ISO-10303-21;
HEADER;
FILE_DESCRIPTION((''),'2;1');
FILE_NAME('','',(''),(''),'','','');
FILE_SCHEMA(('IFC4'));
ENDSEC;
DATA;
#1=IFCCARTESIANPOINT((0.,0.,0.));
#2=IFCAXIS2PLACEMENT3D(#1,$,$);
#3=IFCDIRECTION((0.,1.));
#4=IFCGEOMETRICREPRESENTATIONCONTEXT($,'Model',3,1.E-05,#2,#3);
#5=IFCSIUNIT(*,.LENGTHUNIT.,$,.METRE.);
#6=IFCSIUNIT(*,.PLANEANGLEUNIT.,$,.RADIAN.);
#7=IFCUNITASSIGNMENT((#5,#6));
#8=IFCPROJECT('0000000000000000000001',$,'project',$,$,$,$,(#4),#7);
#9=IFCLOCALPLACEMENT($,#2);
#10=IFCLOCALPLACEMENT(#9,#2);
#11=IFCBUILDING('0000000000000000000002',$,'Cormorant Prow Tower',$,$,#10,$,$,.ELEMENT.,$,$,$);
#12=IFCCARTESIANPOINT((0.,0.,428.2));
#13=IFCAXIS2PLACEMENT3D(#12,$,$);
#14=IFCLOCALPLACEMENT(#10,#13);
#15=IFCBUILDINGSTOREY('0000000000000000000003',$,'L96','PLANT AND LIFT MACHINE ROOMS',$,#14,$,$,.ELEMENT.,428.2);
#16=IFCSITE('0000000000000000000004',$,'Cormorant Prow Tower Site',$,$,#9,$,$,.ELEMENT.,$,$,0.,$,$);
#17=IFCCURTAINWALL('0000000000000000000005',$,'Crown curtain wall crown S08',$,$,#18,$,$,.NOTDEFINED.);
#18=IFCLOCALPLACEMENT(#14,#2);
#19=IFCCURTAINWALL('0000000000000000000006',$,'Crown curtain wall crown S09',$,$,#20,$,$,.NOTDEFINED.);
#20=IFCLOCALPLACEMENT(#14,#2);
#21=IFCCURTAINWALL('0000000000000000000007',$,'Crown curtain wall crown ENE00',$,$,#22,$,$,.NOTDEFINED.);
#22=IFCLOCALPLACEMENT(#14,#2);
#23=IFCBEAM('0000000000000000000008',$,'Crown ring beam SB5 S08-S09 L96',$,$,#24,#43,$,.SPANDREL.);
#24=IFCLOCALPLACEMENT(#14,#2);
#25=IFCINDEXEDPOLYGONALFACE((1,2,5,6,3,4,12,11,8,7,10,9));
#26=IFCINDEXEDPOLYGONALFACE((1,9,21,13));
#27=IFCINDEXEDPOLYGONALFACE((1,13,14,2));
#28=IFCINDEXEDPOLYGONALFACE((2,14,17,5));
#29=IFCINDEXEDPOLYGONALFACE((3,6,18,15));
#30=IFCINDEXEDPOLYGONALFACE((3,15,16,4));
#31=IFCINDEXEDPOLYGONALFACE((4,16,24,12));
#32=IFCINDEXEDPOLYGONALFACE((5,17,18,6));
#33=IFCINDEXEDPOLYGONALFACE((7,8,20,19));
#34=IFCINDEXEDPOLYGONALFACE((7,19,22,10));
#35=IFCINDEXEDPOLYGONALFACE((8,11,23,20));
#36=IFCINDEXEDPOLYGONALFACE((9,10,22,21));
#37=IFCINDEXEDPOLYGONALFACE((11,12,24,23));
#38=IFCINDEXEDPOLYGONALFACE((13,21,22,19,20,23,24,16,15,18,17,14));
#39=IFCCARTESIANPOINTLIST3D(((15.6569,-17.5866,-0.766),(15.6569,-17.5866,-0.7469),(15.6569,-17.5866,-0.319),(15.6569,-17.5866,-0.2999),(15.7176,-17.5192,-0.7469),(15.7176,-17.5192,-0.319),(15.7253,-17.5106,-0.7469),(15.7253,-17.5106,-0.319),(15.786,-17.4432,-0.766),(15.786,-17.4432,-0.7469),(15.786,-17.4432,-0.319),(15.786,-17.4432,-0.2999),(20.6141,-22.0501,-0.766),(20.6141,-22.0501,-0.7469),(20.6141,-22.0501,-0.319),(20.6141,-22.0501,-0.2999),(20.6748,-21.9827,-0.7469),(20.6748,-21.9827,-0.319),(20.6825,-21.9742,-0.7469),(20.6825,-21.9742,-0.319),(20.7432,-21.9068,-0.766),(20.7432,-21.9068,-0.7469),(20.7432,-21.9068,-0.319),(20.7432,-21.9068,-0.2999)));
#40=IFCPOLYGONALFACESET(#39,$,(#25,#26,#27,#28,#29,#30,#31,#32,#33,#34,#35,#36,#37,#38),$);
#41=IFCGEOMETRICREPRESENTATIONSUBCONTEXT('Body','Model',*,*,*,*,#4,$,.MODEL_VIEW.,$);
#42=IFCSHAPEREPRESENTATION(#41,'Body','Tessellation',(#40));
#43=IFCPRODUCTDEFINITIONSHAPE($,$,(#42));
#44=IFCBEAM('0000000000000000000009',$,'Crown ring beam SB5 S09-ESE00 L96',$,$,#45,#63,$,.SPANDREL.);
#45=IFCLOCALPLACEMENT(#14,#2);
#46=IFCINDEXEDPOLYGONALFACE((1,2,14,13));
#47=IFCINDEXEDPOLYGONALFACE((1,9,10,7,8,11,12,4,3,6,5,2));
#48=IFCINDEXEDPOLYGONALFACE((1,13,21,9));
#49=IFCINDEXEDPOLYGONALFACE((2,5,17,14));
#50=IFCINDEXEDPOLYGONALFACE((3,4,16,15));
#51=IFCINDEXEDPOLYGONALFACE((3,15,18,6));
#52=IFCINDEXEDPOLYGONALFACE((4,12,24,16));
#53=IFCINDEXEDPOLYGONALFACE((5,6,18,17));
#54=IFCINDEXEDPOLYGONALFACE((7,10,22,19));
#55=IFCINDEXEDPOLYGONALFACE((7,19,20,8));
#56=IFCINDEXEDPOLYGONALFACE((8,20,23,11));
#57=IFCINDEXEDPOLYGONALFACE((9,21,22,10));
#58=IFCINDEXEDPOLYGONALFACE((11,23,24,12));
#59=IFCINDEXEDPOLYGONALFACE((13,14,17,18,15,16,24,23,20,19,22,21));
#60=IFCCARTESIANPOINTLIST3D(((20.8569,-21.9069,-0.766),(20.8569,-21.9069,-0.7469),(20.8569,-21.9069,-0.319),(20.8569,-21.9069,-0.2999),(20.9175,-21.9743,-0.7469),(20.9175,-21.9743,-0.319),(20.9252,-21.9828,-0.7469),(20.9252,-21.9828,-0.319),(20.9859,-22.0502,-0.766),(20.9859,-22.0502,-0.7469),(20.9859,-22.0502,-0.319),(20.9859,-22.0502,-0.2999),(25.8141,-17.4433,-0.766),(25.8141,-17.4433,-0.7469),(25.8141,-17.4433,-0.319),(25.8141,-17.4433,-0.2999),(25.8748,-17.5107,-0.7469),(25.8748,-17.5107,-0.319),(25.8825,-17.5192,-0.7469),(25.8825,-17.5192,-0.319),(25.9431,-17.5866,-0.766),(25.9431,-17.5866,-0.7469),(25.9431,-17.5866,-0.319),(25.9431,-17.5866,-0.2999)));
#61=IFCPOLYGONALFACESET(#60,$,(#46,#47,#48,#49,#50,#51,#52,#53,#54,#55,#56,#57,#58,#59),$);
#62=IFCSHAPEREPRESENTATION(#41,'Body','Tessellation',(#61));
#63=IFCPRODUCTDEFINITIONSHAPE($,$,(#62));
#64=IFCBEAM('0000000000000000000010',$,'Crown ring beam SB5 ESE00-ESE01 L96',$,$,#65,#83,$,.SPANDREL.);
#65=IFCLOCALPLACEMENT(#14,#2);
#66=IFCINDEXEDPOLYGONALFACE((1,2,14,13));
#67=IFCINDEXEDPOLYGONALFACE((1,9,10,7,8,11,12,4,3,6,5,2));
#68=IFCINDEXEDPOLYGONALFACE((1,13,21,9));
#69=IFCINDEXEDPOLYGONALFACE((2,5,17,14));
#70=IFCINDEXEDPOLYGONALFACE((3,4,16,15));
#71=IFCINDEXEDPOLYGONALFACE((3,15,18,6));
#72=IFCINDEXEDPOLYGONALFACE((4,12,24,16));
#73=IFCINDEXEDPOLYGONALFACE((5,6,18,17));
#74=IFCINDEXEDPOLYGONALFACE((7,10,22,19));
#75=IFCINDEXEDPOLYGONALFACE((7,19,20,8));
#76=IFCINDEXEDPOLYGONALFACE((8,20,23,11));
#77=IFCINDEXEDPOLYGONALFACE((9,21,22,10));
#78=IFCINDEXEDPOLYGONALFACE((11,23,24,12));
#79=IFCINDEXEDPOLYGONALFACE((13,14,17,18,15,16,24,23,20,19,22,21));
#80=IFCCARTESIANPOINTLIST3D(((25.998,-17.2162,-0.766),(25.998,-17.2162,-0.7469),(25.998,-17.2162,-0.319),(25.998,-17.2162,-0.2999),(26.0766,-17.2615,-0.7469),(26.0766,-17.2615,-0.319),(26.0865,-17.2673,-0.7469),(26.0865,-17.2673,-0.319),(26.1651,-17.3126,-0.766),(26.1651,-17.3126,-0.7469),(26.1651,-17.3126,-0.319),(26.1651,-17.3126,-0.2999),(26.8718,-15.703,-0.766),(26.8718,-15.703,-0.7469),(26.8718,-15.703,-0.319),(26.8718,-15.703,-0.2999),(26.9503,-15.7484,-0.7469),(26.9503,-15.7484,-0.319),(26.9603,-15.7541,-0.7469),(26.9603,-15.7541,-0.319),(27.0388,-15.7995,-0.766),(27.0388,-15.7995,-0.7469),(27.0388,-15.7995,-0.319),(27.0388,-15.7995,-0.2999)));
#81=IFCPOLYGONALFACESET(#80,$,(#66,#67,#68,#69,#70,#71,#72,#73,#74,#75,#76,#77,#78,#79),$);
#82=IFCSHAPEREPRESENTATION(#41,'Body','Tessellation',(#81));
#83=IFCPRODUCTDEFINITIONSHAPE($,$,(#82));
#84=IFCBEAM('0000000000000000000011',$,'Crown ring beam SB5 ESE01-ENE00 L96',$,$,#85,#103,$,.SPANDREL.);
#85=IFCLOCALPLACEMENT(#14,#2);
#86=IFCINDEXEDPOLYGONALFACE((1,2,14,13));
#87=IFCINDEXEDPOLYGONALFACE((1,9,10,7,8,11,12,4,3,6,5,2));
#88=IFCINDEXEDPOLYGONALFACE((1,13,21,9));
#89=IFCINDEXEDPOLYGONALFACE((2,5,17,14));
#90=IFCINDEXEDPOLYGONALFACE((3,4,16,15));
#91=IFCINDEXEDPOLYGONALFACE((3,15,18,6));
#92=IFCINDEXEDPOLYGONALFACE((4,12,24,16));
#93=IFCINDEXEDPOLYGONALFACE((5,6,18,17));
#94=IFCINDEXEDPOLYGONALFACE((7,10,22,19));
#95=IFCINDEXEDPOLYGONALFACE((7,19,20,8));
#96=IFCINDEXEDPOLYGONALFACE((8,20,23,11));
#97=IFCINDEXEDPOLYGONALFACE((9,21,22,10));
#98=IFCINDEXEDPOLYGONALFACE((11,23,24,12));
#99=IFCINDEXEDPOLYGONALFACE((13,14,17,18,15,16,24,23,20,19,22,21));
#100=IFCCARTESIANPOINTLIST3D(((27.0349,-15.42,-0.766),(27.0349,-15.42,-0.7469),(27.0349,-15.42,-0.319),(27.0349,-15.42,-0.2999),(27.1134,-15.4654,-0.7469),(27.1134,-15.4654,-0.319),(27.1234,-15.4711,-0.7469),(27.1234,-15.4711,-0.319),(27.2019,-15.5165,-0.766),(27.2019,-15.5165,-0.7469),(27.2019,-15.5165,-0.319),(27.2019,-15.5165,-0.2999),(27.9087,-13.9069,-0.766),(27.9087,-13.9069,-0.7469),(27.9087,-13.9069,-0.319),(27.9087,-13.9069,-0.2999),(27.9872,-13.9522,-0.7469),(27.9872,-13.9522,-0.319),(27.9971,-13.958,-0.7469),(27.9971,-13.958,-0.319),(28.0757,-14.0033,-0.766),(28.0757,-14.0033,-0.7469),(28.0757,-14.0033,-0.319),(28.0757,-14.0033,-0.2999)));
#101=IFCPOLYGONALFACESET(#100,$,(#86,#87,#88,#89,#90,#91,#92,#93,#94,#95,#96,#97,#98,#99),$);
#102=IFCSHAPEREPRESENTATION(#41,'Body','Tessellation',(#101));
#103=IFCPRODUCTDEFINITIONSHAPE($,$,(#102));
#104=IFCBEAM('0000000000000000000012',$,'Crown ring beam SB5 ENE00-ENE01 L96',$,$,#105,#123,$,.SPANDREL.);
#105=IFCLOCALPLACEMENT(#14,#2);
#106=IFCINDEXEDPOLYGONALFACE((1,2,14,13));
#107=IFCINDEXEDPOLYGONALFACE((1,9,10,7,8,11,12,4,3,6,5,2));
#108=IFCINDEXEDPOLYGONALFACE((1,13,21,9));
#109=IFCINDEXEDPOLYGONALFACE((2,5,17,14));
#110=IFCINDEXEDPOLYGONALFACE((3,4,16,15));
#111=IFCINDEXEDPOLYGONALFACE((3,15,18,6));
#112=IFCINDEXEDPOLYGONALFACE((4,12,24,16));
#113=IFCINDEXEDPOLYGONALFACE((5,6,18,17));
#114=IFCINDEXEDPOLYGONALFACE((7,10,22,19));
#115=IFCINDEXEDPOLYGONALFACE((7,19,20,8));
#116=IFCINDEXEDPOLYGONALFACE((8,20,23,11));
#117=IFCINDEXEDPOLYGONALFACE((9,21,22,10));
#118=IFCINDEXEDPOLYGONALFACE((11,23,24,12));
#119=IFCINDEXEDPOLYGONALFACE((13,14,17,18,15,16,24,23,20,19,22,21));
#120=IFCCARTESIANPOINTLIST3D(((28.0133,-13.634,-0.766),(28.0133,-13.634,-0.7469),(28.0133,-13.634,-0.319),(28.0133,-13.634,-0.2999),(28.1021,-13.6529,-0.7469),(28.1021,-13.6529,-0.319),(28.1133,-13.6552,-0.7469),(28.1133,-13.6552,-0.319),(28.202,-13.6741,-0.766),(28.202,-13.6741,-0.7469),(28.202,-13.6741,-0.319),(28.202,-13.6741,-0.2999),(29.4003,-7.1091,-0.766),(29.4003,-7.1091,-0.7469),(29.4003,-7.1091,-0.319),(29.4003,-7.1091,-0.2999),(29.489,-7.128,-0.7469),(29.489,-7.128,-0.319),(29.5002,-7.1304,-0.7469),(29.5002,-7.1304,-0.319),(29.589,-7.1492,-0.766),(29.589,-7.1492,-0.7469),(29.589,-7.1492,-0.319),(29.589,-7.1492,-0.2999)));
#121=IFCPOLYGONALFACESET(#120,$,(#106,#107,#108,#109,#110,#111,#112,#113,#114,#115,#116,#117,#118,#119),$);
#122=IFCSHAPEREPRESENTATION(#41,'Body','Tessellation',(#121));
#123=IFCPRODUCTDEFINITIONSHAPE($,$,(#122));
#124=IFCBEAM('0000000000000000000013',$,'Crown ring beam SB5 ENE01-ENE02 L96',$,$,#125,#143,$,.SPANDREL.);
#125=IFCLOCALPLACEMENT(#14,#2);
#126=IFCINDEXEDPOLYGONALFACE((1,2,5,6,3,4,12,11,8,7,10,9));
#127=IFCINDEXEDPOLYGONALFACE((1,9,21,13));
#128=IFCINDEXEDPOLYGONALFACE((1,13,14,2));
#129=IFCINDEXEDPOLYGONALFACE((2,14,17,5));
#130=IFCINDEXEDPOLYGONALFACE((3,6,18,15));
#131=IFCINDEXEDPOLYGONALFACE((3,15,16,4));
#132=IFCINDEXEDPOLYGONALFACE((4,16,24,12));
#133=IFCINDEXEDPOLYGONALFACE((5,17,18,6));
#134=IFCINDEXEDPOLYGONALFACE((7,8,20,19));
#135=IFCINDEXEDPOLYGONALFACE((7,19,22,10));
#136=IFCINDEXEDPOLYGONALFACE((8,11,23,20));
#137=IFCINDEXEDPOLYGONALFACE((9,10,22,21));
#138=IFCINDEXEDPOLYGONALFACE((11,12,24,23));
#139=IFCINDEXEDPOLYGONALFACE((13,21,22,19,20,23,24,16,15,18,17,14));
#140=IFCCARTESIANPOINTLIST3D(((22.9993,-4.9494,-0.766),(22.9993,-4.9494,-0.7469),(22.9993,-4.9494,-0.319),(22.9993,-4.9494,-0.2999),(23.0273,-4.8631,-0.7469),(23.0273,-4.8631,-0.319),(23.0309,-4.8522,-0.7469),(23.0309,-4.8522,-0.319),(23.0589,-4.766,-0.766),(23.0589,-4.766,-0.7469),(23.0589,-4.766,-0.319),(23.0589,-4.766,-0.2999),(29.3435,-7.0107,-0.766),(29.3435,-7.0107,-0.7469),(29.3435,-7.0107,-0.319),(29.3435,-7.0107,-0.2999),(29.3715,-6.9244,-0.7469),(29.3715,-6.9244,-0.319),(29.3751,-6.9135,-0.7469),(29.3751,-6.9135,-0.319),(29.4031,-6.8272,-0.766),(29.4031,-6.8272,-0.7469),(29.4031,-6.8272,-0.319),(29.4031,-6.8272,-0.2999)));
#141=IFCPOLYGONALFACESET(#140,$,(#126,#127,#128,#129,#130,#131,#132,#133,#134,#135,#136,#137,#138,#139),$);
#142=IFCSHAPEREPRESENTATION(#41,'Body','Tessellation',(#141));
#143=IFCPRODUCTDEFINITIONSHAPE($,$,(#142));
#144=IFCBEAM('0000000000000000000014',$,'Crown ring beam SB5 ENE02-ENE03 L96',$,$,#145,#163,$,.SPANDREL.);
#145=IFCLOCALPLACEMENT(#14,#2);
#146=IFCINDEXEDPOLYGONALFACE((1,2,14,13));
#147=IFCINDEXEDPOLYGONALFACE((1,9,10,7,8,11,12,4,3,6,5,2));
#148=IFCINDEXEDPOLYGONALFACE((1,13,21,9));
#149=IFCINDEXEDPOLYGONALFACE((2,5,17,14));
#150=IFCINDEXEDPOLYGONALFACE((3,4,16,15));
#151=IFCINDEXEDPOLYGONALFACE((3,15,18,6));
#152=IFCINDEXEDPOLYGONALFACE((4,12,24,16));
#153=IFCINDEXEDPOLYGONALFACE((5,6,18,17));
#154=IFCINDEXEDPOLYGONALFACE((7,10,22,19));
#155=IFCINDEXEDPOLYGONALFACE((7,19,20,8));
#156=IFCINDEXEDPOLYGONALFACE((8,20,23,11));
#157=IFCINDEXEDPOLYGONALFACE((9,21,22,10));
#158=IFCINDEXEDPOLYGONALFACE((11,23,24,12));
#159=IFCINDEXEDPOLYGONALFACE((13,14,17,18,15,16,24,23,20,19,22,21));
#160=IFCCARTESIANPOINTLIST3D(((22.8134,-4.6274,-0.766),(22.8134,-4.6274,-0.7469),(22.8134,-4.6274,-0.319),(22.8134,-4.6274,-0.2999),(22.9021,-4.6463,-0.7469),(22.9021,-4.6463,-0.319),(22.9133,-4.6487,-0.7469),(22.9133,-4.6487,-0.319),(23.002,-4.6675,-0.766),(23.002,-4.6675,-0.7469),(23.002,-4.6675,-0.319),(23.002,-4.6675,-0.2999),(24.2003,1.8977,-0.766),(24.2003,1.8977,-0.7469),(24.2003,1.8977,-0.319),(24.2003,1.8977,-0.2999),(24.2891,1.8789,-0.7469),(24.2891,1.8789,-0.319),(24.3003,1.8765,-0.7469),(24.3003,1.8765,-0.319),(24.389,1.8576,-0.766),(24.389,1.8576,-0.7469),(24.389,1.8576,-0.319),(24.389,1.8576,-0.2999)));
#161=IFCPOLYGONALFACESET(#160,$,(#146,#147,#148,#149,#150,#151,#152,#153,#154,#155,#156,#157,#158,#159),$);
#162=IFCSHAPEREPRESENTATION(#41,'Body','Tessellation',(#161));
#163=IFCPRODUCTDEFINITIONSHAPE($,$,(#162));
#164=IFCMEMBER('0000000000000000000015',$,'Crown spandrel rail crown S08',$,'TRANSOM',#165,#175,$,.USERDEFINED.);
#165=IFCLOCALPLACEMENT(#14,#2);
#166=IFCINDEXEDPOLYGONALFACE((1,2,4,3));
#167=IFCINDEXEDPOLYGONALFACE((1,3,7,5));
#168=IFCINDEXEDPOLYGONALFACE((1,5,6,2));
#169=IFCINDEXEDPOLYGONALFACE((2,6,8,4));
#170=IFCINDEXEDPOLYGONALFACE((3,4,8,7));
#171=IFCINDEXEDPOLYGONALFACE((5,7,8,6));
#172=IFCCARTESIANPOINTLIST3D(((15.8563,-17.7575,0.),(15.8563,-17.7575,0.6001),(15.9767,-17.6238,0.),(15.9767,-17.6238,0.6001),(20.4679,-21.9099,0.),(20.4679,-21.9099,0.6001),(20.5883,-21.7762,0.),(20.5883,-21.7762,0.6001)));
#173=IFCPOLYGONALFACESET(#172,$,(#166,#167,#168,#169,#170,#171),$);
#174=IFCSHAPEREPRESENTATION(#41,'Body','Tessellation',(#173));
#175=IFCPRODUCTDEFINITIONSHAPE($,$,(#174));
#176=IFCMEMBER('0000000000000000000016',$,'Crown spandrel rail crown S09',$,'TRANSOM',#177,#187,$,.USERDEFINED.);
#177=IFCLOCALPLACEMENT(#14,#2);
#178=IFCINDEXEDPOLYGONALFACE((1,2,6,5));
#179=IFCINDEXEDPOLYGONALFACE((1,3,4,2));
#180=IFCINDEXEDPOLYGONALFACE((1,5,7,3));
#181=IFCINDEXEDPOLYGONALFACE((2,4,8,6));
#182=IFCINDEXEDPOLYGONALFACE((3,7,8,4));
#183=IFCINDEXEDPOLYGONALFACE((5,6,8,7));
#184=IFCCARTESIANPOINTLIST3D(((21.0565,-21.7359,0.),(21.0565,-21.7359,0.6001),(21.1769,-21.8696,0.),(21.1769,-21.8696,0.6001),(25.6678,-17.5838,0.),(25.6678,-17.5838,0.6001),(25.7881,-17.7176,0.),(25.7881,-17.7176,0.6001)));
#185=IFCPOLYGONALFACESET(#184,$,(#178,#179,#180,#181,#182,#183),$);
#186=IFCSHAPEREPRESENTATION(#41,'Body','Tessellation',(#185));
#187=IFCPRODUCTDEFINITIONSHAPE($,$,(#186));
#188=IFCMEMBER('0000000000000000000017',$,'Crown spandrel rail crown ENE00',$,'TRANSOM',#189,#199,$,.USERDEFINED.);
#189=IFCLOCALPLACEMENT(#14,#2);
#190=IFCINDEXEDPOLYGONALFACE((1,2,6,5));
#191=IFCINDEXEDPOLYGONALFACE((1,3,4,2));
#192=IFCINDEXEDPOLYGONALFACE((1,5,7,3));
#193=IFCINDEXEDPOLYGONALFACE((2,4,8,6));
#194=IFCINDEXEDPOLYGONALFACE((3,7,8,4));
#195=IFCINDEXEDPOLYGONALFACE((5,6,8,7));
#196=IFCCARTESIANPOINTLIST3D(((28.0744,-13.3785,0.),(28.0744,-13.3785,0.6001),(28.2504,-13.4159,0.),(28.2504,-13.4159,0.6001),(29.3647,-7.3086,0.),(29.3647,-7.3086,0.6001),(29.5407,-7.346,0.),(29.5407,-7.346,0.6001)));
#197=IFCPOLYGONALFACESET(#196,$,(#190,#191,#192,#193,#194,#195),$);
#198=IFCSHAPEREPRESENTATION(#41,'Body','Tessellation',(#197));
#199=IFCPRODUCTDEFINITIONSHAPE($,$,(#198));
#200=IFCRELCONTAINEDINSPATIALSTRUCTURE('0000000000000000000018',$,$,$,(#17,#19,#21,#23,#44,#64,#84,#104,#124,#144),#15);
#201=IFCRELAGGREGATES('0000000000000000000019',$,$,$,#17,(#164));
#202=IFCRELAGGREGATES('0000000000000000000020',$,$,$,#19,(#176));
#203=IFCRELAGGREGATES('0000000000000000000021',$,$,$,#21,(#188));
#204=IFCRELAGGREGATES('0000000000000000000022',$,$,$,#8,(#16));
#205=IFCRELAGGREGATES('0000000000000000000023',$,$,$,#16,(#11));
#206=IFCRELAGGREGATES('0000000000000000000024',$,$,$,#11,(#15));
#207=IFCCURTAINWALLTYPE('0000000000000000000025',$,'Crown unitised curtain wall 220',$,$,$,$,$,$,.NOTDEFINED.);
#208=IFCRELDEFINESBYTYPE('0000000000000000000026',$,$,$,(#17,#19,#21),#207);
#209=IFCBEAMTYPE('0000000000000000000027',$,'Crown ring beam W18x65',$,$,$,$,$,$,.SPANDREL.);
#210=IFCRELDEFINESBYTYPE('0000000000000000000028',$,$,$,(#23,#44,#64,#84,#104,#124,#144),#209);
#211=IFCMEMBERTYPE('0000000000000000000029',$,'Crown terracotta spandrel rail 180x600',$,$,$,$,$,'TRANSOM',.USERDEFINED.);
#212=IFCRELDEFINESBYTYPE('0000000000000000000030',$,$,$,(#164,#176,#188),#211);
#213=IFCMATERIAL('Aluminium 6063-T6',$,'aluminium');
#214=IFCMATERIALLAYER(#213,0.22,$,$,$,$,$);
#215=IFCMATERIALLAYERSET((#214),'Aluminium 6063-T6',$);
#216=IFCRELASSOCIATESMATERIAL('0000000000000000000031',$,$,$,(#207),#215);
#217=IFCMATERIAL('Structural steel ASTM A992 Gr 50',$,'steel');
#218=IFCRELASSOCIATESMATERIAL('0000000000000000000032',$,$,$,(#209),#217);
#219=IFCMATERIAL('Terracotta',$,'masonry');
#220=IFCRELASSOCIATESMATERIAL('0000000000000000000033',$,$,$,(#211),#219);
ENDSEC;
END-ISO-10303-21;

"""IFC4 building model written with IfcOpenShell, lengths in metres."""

from ifc_helpers import new_model, si_unit, direction, frame, origin, origin_2d, place, context, subcontext, project, spatial, rectangle, i_section, extrude, material, layer, layer_set, material_profile, profile_set, type_object, element, aggregate, save


model = new_model("IFC4")

# Units and contexts
model_context = context("Model", 3, precision=1e-05, world=origin(), true_north=direction((0.0, 1.0)))
body_context = subcontext(model_context, "Body", "Model", "MODEL_VIEW")
ifc_project = project(units=[si_unit("LENGTHUNIT", "METRE"), si_unit("PLANEANGLEUNIT", "RADIAN")], contexts=[model_context])

# Site, building, storey
site_placement = place(None, origin())
site = spatial("IfcSite", under=ifc_project, at=site_placement, Name="Cormorant Prow Tower Site", CompositionType="ELEMENT", RefElevation=0.0)
building_placement = place(site_placement, origin())
building = spatial("IfcBuilding", under=site, at=building_placement, Name="Cormorant Prow Tower", CompositionType="ELEMENT")
storey_placement = place(building_placement, frame((0.0, 0.0, 428.2)))
storey = spatial("IfcBuildingStorey", under=building, at=storey_placement, Name="L96", Description="PLANT AND LIFT MACHINE ROOMS", CompositionType="ELEMENT", Elevation=428.2)

# Curtain walls
ifc_material_1 = material(Name="Aluminium 6063-T6", Category="aluminium")
ifc_layer_1 = layer(ifc_material_1, 0.22)
ifc_layer_set_1 = layer_set([ifc_layer_1], Name="Aluminium 6063-T6")
curtain_wall_type = type_object("IfcCurtainWallType", Name="Crown unitised curtain wall 220", PredefinedType="NOTDEFINED", material=ifc_layer_set_1)
curtain_wall_1_placement = place(storey_placement, origin())
curtain_wall_1 = element("IfcCurtainWall", 1, at=curtain_wall_1_placement, inside=storey, type_object=curtain_wall_type, Name="Crown curtain wall crown S08", PredefinedType="NOTDEFINED")
curtain_wall_2_placement = place(storey_placement, origin())
curtain_wall_2 = element("IfcCurtainWall", 2, at=curtain_wall_2_placement, inside=storey, type_object=curtain_wall_type, Name="Crown curtain wall crown S09", PredefinedType="NOTDEFINED")
curtain_wall_3_placement = place(storey_placement, origin())
curtain_wall_3 = element("IfcCurtainWall", 3, at=curtain_wall_3_placement, inside=storey, type_object=curtain_wall_type, Name="Crown curtain wall crown ENE00", PredefinedType="NOTDEFINED")

# Beams
ifc_material_2 = material(Name="Structural steel ASTM A992 Gr 50", Category="steel")
ifc_material_profile_1 = material_profile(ifc_material_2, i_section(OverallWidth=0.1929, OverallDepth=0.4661, WebThickness=0.0115, FlangeThickness=0.019, at=origin_2d()), Name="W18x65")
ifc_profile_set_1 = profile_set([ifc_material_profile_1], Name="Structural steel ASTM A992 Gr 50")
beam_type = type_object("IfcBeamType", Name="Crown ring beam W18x65", PredefinedType="SPANDREL", material=ifc_profile_set_1)
for number, where, z_axis, x_axis, name in (
    (4, (15.7214, -17.5149, -0.533), (0.743139, -0.669137, 0.0), (0.669137, 0.743139, 0.0), "Crown ring beam SB5 S08-S09 L96"),
    (5, (20.9214, -21.9785, -0.533), (0.743139, 0.669137, 0.0), (-0.669137, 0.743139, 0.0), "Crown ring beam SB5 S09-ESE00 L96"),
):
    element("IfcBeam", number, at=place(storey_placement, frame(where, z_axis=z_axis, x_axis=x_axis)), inside=storey, type_object=beam_type, Name=name, PredefinedType="SPANDREL", context=body_context, shape_type="SweptSolid", body=[
        extrude(i_section(OverallWidth=0.1929, OverallDepth=0.4661, WebThickness=0.0115, FlangeThickness=0.019, at=origin_2d()), origin(), (0.0, 0.0, 1.0), 6.6707),
    ])
for number, where, z_axis, x_axis, name in (
    (6, (26.0815, -17.2644, -0.533), (0.500061, 0.86599, 0.0), (-0.86599, 0.500061, 0.0), "Crown ring beam SB5 ESE00-ESE01 L96"),
    (7, (27.1184, -15.4683, -0.533), (0.500061, 0.86599, 0.0), (-0.86599, 0.500061, 0.0), "Crown ring beam SB5 ESE01-ENE00 L96"),
):
    element("IfcBeam", number, at=place(storey_placement, frame(where, z_axis=z_axis, x_axis=x_axis)), inside=storey, type_object=beam_type, Name=name, PredefinedType="SPANDREL", context=body_context, shape_type="SweptSolid", body=[
        extrude(i_section(OverallWidth=0.1929, OverallDepth=0.4661, WebThickness=0.0115, FlangeThickness=0.019, at=origin_2d()), origin(), (0.0, 0.0, 1.0), 1.7473),
    ])
for number, where, z_axis, x_axis, name in (
    (8, (28.1077, -13.6541, -0.533), (0.207919, 0.978146, 0.0), (-0.978146, 0.207919, 0.0), "Crown ring beam SB5 ENE00-ENE01 L96"),
    (9, (29.3733, -6.9189, -0.533), (-0.95106, 0.309005, 0.0), (-0.309005, -0.95106, 0.0), "Crown ring beam SB5 ENE01-ENE02 L96"),
):
    element("IfcBeam", number, at=place(storey_placement, frame(where, z_axis=z_axis, x_axis=x_axis)), inside=storey, type_object=beam_type, Name=name, PredefinedType="SPANDREL", context=body_context, shape_type="SweptSolid", body=[
        extrude(i_section(OverallWidth=0.1929, OverallDepth=0.4661, WebThickness=0.0115, FlangeThickness=0.019, at=origin_2d()), origin(), (0.0, 0.0, 1.0), 6.6707),
    ])
beam_placement = place(storey_placement, frame((22.9077, -4.6475, -0.533), z_axis=(0.207912, 0.978148, 0.0), x_axis=(-0.978148, 0.207912, 0.0)))
element("IfcBeam", 10, at=beam_placement, inside=storey, type_object=beam_type, Name="Crown ring beam SB5 ENE02-ENE03 L96", PredefinedType="SPANDREL", context=body_context, shape_type="SweptSolid", body=[
    extrude(i_section(OverallWidth=0.1929, OverallDepth=0.4661, WebThickness=0.0115, FlangeThickness=0.019, at=origin_2d()), origin(), (0.0, 0.0, 1.0), 6.6709),
])

# Members
ifc_material_3 = material(Name="Terracotta", Category="masonry")
ifc_material_profile_2 = material_profile(ifc_material_3, rectangle(XDim=0.1799, YDim=0.6001, at=origin_2d()), Name="Crown terracotta spandrel rail 180x600")
ifc_profile_set_2 = profile_set([ifc_material_profile_2], Name="Terracotta")
member_type_1 = type_object("IfcMemberType", Name="Crown terracotta spandrel rail 180x600", ElementType="TRANSOM", PredefinedType="USERDEFINED", material=ifc_profile_set_2)
member_1_placement = place(storey_placement, frame((15.9165, -17.6907, 0.3), z_axis=(0.74314, -0.669136, 0.0), x_axis=(0.669136, 0.74314, 0.0)))
member_1 = element("IfcMember", 11, at=member_1_placement, type_object=member_type_1, Name="Crown spandrel rail crown S08", ObjectType="TRANSOM", PredefinedType="USERDEFINED", context=body_context, shape_type="SweptSolid", body=[
    extrude(rectangle(XDim=0.1799, YDim=0.6001, at=origin_2d()), origin(), (0.0, 0.0, 1.0), 6.2056),
])
member_2_placement = place(storey_placement, frame((21.1167, -21.8027, 0.3), z_axis=(0.743142, 0.669134, 0.0), x_axis=(-0.669134, 0.743142, 0.0)))
member_2 = element("IfcMember", 12, at=member_2_placement, type_object=member_type_1, Name="Crown spandrel rail crown S09", ObjectType="TRANSOM", PredefinedType="USERDEFINED", context=body_context, shape_type="SweptSolid", body=[
    extrude(rectangle(XDim=0.1799, YDim=0.6001, at=origin_2d()), origin(), (0.0, 0.0, 1.0), 6.2051),
])
member_3_placement = place(storey_placement, frame((28.1624, -13.3972, 0.3), z_axis=(0.207927, 0.978144, 0.0), x_axis=(-0.978144, 0.207927, 0.0)))
member_3 = element("IfcMember", 13, at=member_3_placement, type_object=member_type_1, Name="Crown spandrel rail crown ENE00", ObjectType="TRANSOM", PredefinedType="USERDEFINED", context=body_context, shape_type="SweptSolid", body=[
    extrude(rectangle(XDim=0.1799, YDim=0.6001, at=origin_2d()), origin(), (0.0, 0.0, 1.0), 6.2056),
])

aggregate(curtain_wall_1, [member_1])
aggregate(curtain_wall_2, [member_2])
aggregate(curtain_wall_3, [member_3])

save(model, "model.ifc")
